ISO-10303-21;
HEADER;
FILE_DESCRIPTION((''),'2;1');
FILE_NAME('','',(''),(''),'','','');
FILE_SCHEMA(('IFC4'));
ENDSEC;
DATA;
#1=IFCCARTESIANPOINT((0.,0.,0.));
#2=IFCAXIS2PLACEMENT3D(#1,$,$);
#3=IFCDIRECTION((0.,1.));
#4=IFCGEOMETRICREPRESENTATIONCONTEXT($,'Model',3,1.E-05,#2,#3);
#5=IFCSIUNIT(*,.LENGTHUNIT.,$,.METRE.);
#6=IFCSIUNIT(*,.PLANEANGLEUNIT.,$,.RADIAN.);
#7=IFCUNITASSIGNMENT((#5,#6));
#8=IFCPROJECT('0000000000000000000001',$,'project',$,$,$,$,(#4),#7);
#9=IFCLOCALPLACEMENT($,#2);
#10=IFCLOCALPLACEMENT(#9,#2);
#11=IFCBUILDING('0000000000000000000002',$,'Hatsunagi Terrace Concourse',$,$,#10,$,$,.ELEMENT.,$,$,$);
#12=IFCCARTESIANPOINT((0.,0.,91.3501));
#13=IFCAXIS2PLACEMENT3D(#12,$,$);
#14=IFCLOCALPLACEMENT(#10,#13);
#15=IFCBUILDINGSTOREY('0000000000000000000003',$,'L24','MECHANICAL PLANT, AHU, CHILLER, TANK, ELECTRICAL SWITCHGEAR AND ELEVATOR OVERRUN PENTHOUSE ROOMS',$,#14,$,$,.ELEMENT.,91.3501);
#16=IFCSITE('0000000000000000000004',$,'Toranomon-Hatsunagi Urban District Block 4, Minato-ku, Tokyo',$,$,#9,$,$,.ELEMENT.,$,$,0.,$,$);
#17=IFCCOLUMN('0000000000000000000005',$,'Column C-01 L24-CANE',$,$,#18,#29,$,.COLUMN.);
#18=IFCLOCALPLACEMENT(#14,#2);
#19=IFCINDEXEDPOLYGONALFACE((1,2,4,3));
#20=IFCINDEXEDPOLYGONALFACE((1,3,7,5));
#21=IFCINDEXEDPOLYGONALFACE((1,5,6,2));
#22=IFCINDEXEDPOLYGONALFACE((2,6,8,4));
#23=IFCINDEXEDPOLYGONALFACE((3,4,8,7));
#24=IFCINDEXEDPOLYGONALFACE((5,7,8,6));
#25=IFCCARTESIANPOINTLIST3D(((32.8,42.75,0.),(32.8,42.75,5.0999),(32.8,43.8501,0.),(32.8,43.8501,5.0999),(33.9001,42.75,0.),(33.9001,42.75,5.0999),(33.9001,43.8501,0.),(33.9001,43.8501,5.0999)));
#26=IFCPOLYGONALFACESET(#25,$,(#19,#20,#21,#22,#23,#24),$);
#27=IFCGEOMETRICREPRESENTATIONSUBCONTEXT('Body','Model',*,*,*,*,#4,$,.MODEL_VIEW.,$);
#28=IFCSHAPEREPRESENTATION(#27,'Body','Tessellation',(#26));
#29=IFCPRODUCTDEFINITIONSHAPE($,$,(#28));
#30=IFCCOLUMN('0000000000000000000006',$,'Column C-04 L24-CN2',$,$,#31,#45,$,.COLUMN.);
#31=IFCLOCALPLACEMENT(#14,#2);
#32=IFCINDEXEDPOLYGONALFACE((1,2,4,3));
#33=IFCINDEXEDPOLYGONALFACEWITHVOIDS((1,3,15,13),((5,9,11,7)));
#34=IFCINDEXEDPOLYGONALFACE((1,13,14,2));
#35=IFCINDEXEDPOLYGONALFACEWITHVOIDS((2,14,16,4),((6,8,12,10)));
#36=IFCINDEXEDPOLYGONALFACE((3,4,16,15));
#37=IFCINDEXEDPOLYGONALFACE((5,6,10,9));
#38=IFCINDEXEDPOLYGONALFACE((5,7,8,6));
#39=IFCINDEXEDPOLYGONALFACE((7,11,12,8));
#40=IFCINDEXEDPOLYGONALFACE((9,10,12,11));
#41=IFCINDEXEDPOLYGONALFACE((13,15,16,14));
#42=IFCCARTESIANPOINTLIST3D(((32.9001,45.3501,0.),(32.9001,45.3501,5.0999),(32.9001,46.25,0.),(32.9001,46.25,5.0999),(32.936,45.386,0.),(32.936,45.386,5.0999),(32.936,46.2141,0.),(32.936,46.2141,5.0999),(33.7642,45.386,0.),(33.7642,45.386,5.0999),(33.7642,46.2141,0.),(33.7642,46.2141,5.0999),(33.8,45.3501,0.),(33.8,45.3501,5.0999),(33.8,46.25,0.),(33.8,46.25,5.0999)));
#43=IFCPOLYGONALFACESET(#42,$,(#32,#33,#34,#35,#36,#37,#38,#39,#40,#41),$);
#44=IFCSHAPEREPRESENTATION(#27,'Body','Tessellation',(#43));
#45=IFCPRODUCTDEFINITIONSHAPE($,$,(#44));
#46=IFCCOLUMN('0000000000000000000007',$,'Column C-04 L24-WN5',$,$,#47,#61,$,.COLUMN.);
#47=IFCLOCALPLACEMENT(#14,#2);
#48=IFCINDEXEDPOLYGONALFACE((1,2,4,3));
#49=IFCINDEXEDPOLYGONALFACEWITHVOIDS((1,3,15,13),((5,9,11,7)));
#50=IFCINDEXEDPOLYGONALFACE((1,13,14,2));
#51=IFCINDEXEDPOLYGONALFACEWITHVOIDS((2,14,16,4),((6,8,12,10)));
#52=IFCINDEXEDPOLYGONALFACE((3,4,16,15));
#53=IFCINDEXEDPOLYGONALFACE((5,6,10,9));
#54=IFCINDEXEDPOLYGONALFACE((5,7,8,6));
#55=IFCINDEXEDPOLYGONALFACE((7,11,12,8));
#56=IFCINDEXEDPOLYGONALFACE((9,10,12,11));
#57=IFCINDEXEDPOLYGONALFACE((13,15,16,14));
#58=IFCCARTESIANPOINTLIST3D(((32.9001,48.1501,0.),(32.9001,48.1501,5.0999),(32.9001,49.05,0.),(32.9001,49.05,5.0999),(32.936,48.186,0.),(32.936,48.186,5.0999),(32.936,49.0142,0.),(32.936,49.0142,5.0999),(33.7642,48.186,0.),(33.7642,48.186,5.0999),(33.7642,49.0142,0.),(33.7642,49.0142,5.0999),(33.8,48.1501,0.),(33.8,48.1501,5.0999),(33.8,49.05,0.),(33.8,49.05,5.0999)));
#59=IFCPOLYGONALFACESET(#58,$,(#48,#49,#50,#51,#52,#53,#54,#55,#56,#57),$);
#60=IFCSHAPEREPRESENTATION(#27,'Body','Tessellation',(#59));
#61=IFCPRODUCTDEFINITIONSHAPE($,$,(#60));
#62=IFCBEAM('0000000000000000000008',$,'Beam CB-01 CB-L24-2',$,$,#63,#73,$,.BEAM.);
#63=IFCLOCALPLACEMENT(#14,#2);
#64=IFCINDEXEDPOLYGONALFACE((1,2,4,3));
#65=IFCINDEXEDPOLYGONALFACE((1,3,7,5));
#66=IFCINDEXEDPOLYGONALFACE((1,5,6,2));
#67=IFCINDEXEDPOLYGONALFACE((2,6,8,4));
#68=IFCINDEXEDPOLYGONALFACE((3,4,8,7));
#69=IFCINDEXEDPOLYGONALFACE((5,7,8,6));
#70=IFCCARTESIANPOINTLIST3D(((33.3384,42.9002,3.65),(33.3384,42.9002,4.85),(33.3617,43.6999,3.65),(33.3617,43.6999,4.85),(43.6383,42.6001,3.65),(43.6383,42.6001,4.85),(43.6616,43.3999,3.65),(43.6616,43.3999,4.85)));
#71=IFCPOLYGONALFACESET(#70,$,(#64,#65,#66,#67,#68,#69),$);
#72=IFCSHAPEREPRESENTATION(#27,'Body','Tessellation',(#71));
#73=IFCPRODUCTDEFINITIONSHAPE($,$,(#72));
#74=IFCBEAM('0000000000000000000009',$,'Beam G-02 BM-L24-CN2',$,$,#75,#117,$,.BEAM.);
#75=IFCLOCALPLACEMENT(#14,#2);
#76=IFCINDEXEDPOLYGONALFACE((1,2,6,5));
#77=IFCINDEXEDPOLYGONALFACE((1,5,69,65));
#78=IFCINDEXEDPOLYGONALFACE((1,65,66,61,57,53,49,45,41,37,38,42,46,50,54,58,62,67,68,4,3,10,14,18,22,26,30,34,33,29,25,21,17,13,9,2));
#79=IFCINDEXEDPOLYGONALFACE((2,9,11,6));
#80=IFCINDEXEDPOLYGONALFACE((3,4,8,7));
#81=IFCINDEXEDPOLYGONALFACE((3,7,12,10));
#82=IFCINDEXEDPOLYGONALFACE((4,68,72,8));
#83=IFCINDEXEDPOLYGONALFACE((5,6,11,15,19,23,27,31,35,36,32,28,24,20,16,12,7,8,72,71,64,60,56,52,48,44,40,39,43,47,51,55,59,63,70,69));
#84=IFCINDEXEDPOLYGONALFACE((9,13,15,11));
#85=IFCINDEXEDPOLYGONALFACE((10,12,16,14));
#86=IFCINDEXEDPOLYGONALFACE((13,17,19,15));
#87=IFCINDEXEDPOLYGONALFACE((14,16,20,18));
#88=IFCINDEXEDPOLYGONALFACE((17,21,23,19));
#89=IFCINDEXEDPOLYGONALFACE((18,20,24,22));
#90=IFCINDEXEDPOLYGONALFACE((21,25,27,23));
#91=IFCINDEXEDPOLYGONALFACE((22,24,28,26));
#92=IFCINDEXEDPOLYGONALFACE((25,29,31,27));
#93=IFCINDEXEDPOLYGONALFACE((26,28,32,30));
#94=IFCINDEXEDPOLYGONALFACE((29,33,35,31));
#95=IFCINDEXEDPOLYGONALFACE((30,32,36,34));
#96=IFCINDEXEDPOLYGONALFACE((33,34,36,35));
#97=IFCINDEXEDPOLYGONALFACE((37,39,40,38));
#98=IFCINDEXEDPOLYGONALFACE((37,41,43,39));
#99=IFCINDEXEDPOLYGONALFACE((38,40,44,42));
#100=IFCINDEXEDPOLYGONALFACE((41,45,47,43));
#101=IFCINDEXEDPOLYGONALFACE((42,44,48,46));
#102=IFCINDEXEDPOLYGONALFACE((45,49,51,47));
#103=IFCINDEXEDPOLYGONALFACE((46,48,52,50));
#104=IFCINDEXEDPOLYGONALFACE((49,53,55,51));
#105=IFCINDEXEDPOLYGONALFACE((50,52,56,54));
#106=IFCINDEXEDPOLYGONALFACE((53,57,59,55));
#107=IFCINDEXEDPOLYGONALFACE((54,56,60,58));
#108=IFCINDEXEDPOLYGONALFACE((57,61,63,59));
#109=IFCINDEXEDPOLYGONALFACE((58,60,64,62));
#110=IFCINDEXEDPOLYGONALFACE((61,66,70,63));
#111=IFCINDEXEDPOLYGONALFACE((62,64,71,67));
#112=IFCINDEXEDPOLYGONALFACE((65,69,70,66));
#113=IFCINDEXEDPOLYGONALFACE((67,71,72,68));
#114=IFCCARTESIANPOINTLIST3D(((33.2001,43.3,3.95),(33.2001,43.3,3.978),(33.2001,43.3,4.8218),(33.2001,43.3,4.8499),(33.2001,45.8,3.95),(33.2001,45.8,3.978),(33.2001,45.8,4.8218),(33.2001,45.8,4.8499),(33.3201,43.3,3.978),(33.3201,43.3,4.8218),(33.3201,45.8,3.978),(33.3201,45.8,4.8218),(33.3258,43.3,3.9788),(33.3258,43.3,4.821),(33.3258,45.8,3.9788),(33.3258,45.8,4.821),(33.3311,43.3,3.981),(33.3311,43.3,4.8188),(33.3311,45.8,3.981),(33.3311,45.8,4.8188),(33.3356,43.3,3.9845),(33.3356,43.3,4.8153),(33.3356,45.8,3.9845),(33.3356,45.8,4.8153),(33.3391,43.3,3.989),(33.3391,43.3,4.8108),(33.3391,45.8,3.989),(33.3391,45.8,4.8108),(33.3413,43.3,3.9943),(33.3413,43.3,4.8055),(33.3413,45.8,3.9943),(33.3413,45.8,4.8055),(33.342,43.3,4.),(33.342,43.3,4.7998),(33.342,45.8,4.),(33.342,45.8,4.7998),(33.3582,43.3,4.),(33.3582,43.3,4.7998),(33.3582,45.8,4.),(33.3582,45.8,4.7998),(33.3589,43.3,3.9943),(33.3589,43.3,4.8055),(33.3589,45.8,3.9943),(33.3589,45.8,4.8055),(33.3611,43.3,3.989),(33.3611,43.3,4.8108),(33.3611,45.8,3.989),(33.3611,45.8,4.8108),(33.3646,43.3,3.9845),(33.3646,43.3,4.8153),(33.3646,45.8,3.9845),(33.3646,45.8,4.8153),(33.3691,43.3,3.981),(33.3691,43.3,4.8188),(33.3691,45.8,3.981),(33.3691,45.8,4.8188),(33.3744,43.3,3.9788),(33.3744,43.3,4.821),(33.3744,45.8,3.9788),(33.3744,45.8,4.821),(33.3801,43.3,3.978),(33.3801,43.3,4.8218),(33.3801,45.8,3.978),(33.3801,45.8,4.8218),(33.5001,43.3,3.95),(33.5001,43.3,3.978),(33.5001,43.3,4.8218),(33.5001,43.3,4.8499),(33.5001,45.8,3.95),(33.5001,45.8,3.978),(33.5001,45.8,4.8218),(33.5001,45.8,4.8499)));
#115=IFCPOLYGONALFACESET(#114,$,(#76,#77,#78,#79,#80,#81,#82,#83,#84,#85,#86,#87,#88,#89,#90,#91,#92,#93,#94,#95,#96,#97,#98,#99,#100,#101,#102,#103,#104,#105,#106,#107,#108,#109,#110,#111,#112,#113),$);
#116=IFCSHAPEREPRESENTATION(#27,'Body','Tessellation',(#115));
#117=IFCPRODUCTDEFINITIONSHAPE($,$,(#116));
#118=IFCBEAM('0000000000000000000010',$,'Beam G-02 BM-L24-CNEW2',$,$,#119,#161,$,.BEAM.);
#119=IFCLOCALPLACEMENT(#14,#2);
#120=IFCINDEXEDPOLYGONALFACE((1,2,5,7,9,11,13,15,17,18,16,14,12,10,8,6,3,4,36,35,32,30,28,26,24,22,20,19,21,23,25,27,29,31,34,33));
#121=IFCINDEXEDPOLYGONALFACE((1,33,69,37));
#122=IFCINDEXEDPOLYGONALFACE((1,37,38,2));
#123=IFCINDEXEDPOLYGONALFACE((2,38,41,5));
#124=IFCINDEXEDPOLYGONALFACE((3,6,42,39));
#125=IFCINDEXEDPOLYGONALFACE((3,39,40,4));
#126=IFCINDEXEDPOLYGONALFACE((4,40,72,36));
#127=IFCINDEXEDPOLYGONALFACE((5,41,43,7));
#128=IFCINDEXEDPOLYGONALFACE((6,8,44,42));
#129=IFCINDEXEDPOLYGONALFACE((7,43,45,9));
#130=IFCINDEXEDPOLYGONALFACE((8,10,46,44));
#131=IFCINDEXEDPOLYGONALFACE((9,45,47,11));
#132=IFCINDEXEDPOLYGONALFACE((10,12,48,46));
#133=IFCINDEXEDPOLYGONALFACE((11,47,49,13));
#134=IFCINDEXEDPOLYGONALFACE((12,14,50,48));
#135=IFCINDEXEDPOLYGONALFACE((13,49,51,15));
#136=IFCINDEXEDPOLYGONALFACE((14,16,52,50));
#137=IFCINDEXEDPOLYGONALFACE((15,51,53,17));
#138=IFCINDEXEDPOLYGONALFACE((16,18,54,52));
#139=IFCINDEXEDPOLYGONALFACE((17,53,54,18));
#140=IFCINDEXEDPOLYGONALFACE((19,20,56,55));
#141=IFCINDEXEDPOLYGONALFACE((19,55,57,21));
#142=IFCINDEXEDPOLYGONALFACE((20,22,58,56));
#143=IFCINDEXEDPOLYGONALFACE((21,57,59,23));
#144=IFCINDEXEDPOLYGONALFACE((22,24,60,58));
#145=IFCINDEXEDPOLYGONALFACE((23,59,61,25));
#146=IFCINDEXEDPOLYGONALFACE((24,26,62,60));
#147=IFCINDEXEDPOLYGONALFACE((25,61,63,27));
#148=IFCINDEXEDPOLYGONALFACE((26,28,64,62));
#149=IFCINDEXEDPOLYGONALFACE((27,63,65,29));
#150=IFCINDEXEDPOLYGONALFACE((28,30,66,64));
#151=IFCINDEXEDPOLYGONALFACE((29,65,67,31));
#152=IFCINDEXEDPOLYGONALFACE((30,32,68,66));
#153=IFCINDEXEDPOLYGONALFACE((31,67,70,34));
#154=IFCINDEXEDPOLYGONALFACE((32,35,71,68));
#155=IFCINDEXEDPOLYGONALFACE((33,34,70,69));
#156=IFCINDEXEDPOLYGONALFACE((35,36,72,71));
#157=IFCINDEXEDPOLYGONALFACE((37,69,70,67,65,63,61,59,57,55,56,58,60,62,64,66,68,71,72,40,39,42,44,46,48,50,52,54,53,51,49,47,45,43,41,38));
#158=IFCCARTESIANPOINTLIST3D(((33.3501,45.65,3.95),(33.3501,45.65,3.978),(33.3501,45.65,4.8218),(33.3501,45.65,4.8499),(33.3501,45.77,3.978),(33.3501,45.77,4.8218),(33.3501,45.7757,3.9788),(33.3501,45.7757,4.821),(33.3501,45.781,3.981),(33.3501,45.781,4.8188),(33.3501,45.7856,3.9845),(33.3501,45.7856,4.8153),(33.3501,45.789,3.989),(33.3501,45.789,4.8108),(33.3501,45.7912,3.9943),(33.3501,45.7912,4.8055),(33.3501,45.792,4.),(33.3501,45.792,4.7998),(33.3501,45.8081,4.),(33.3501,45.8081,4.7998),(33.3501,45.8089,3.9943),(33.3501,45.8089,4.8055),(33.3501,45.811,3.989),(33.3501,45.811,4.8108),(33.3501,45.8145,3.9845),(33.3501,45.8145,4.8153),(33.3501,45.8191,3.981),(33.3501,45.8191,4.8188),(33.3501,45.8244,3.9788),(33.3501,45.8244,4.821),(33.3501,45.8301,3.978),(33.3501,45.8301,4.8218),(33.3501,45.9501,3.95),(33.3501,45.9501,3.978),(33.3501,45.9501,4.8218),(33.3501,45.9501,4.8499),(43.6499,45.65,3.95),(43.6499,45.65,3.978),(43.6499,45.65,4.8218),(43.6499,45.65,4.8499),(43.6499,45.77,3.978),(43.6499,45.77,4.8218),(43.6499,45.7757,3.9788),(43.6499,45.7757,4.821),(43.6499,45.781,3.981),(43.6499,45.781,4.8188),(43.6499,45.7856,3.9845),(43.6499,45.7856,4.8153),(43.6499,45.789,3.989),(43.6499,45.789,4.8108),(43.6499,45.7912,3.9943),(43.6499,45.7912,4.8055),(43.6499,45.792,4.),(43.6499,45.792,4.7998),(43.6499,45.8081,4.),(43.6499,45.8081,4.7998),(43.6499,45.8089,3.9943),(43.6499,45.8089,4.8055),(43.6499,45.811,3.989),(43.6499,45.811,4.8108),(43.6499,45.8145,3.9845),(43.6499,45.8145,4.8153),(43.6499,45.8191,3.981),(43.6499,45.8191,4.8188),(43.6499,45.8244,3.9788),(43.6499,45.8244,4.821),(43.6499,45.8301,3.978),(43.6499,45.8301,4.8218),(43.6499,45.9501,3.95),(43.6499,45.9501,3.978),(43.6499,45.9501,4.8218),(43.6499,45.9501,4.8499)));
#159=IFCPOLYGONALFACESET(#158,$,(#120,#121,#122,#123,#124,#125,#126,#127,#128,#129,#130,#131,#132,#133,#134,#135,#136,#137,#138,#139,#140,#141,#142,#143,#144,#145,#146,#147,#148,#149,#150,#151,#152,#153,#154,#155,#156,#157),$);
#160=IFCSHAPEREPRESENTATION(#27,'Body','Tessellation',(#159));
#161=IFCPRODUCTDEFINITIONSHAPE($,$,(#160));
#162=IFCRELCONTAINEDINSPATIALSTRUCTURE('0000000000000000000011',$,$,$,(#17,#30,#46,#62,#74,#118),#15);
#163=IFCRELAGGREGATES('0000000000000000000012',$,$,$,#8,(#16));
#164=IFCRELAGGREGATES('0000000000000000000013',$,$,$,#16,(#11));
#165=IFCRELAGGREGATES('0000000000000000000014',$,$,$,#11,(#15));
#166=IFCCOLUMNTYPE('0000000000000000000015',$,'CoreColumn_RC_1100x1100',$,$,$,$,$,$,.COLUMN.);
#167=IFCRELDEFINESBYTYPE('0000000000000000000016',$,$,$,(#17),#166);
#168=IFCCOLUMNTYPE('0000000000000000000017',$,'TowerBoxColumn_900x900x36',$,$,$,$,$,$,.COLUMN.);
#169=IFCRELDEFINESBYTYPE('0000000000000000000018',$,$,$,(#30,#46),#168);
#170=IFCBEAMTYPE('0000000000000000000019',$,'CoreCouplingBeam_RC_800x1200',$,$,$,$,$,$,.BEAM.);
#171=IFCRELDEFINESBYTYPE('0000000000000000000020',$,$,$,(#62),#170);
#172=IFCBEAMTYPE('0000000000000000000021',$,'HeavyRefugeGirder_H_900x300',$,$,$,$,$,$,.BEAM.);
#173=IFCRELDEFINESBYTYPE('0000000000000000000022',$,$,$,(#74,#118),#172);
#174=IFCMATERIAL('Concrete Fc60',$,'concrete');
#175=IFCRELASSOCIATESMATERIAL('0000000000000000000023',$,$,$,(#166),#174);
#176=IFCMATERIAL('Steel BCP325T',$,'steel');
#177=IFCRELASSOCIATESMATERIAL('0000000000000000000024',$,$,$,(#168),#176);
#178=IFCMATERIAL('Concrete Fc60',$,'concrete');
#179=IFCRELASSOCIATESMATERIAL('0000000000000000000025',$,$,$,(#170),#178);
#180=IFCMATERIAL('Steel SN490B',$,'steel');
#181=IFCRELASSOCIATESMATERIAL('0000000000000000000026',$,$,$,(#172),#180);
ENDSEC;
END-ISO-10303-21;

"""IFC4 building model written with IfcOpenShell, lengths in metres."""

from ifc_helpers import new_model, si_unit, direction, frame, origin, origin_2d, place, context, subcontext, project, spatial, rectangle, hollow_rectangle, i_section, extrude, material, material_profile, profile_set, type_object, element, save


model = new_model("IFC4")

# Units and contexts
model_context = context("Model", 3, precision=1e-05, world=origin(), true_north=direction((0.0, 1.0)))
body_context = subcontext(model_context, "Body", "Model", "MODEL_VIEW")
ifc_project = project(units=[si_unit("LENGTHUNIT", "METRE"), si_unit("PLANEANGLEUNIT", "RADIAN")], contexts=[model_context])

# Site, building, storey
site_placement = place(None, origin())
site = spatial("IfcSite", under=ifc_project, at=site_placement, Name="Toranomon-Hatsunagi Urban District Block 4, Minato-ku, Tokyo", CompositionType="ELEMENT", RefElevation=0.0)
building_placement = place(site_placement, origin())
building = spatial("IfcBuilding", under=site, at=building_placement, Name="Hatsunagi Terrace Concourse", CompositionType="ELEMENT")
storey_placement = place(building_placement, frame((0.0, 0.0, 91.3501)))
storey = spatial("IfcBuildingStorey", under=building, at=storey_placement, Name="L24", Description="MECHANICAL PLANT, AHU, CHILLER, TANK, ELECTRICAL SWITCHGEAR AND ELEVATOR OVERRUN PENTHOUSE ROOMS", CompositionType="ELEMENT", Elevation=91.3501)

# Columns
ifc_material_1 = material(Name="Concrete Fc60", Category="concrete")
ifc_material_profile_1 = material_profile(ifc_material_1, rectangle(XDim=1.1001, YDim=1.1001, at=origin_2d()), Name="RC-1100x1100")
ifc_profile_set_1 = profile_set([ifc_material_profile_1], Name="Concrete Fc60")
column_type_1 = type_object("IfcColumnType", Name="CoreColumn_RC_1100x1100", PredefinedType="COLUMN", material=ifc_profile_set_1)
column_placement = place(storey_placement, frame((33.3501, 43.3, 0.0), z_axis=(0.0, 0.0, 1.0), x_axis=(1.0, 0.0, 0.0)))
element("IfcColumn", 1, at=column_placement, inside=storey, type_object=column_type_1, Name="Column C-01 L24-CANE", PredefinedType="COLUMN", context=body_context, shape_type="SweptSolid", body=[
    extrude(rectangle(XDim=1.1001, YDim=1.1001, at=origin_2d()), origin(), (0.0, 0.0, 1.0), 5.0999),
])
ifc_material_2 = material(Name="Steel BCP325T", Category="steel")
ifc_material_profile_2 = material_profile(ifc_material_2, hollow_rectangle(XDim=0.8999, YDim=0.8999, WallThickness=0.0359, at=origin_2d()), Name="BCP-900x900x36")
ifc_profile_set_2 = profile_set([ifc_material_profile_2], Name="Steel BCP325T")
column_type_2 = type_object("IfcColumnType", Name="TowerBoxColumn_900x900x36", PredefinedType="COLUMN", material=ifc_profile_set_2)
for number, where, z_axis, x_axis, name in (
    (2, (33.3501, 45.8, 0.0), (0.0, 0.0, 1.0), (1.0, 0.0, 0.0), "Column C-04 L24-CN2"),
    (3, (33.3501, 48.6001, 0.0), (0.0, 0.0, 1.0), (1.0, 0.0, 0.0), "Column C-04 L24-WN5"),
):
    element("IfcColumn", number, at=place(storey_placement, frame(where, z_axis=z_axis, x_axis=x_axis)), inside=storey, type_object=column_type_2, Name=name, PredefinedType="COLUMN", context=body_context, shape_type="SweptSolid", body=[
        extrude(hollow_rectangle(XDim=0.8999, YDim=0.8999, WallThickness=0.0359, at=origin_2d()), origin(), (0.0, 0.0, 1.0), 5.0999),
    ])

# Beams
ifc_material_3 = material(Name="Concrete Fc60", Category="concrete")
ifc_material_profile_3 = material_profile(ifc_material_3, rectangle(XDim=0.8, YDim=1.2, at=origin_2d()), Name="RC-800x1200")
ifc_profile_set_3 = profile_set([ifc_material_profile_3], Name="Concrete Fc60")
beam_type_1 = type_object("IfcBeamType", Name="CoreCouplingBeam_RC_800x1200", PredefinedType="BEAM", material=ifc_profile_set_3)
beam_1_placement = place(storey_placement, frame((33.3501, 43.3, 4.25), z_axis=(0.999576, -0.029119, 0.0), x_axis=(0.029119, 0.999576, 0.0)))
element("IfcBeam", 4, at=beam_1_placement, inside=storey, type_object=beam_type_1, Name="Beam CB-01 CB-L24-2", PredefinedType="BEAM", context=body_context, shape_type="SweptSolid", body=[
    extrude(rectangle(XDim=0.8, YDim=1.2, at=origin_2d()), origin(), (0.0, 0.0, 1.0), 10.3042),
])
ifc_material_4 = material(Name="Steel SN490B", Category="steel")
ifc_material_profile_4 = material_profile(ifc_material_4, i_section(OverallWidth=0.3, OverallDepth=0.8999, WebThickness=0.0161, FlangeThickness=0.0281, FilletRadius=0.022, at=origin_2d()), Name="H-900x300x16x28")
ifc_profile_set_4 = profile_set([ifc_material_profile_4], Name="Steel SN490B")
beam_type_2 = type_object("IfcBeamType", Name="HeavyRefugeGirder_H_900x300", PredefinedType="BEAM", material=ifc_profile_set_4)
beam_2_placement = place(storey_placement, frame((33.3501, 43.3, 4.3999), z_axis=(0.0, 1.0, 0.0), x_axis=(-1.0, 0.0, 0.0)))
element("IfcBeam", 5, at=beam_2_placement, inside=storey, type_object=beam_type_2, Name="Beam G-02 BM-L24-CN2", PredefinedType="BEAM", context=body_context, shape_type="SweptSolid", body=[
    extrude(i_section(OverallWidth=0.3, OverallDepth=0.8999, WebThickness=0.0161, FlangeThickness=0.0281, FilletRadius=0.022, at=origin_2d()), origin(), (0.0, 0.0, 1.0), 2.5),
])
beam_3_placement = place(storey_placement, frame((33.3501, 45.8, 4.3999), z_axis=(1.0, 0.0, 0.0), x_axis=(0.0, 1.0, 0.0)))
element("IfcBeam", 6, at=beam_3_placement, inside=storey, type_object=beam_type_2, Name="Beam G-02 BM-L24-CNEW2", PredefinedType="BEAM", context=body_context, shape_type="SweptSolid", body=[
    extrude(i_section(OverallWidth=0.3, OverallDepth=0.8999, WebThickness=0.0161, FlangeThickness=0.0281, FilletRadius=0.022, at=origin_2d()), origin(), (0.0, 0.0, 1.0), 10.2998),
])

save(model, "model.ifc")
